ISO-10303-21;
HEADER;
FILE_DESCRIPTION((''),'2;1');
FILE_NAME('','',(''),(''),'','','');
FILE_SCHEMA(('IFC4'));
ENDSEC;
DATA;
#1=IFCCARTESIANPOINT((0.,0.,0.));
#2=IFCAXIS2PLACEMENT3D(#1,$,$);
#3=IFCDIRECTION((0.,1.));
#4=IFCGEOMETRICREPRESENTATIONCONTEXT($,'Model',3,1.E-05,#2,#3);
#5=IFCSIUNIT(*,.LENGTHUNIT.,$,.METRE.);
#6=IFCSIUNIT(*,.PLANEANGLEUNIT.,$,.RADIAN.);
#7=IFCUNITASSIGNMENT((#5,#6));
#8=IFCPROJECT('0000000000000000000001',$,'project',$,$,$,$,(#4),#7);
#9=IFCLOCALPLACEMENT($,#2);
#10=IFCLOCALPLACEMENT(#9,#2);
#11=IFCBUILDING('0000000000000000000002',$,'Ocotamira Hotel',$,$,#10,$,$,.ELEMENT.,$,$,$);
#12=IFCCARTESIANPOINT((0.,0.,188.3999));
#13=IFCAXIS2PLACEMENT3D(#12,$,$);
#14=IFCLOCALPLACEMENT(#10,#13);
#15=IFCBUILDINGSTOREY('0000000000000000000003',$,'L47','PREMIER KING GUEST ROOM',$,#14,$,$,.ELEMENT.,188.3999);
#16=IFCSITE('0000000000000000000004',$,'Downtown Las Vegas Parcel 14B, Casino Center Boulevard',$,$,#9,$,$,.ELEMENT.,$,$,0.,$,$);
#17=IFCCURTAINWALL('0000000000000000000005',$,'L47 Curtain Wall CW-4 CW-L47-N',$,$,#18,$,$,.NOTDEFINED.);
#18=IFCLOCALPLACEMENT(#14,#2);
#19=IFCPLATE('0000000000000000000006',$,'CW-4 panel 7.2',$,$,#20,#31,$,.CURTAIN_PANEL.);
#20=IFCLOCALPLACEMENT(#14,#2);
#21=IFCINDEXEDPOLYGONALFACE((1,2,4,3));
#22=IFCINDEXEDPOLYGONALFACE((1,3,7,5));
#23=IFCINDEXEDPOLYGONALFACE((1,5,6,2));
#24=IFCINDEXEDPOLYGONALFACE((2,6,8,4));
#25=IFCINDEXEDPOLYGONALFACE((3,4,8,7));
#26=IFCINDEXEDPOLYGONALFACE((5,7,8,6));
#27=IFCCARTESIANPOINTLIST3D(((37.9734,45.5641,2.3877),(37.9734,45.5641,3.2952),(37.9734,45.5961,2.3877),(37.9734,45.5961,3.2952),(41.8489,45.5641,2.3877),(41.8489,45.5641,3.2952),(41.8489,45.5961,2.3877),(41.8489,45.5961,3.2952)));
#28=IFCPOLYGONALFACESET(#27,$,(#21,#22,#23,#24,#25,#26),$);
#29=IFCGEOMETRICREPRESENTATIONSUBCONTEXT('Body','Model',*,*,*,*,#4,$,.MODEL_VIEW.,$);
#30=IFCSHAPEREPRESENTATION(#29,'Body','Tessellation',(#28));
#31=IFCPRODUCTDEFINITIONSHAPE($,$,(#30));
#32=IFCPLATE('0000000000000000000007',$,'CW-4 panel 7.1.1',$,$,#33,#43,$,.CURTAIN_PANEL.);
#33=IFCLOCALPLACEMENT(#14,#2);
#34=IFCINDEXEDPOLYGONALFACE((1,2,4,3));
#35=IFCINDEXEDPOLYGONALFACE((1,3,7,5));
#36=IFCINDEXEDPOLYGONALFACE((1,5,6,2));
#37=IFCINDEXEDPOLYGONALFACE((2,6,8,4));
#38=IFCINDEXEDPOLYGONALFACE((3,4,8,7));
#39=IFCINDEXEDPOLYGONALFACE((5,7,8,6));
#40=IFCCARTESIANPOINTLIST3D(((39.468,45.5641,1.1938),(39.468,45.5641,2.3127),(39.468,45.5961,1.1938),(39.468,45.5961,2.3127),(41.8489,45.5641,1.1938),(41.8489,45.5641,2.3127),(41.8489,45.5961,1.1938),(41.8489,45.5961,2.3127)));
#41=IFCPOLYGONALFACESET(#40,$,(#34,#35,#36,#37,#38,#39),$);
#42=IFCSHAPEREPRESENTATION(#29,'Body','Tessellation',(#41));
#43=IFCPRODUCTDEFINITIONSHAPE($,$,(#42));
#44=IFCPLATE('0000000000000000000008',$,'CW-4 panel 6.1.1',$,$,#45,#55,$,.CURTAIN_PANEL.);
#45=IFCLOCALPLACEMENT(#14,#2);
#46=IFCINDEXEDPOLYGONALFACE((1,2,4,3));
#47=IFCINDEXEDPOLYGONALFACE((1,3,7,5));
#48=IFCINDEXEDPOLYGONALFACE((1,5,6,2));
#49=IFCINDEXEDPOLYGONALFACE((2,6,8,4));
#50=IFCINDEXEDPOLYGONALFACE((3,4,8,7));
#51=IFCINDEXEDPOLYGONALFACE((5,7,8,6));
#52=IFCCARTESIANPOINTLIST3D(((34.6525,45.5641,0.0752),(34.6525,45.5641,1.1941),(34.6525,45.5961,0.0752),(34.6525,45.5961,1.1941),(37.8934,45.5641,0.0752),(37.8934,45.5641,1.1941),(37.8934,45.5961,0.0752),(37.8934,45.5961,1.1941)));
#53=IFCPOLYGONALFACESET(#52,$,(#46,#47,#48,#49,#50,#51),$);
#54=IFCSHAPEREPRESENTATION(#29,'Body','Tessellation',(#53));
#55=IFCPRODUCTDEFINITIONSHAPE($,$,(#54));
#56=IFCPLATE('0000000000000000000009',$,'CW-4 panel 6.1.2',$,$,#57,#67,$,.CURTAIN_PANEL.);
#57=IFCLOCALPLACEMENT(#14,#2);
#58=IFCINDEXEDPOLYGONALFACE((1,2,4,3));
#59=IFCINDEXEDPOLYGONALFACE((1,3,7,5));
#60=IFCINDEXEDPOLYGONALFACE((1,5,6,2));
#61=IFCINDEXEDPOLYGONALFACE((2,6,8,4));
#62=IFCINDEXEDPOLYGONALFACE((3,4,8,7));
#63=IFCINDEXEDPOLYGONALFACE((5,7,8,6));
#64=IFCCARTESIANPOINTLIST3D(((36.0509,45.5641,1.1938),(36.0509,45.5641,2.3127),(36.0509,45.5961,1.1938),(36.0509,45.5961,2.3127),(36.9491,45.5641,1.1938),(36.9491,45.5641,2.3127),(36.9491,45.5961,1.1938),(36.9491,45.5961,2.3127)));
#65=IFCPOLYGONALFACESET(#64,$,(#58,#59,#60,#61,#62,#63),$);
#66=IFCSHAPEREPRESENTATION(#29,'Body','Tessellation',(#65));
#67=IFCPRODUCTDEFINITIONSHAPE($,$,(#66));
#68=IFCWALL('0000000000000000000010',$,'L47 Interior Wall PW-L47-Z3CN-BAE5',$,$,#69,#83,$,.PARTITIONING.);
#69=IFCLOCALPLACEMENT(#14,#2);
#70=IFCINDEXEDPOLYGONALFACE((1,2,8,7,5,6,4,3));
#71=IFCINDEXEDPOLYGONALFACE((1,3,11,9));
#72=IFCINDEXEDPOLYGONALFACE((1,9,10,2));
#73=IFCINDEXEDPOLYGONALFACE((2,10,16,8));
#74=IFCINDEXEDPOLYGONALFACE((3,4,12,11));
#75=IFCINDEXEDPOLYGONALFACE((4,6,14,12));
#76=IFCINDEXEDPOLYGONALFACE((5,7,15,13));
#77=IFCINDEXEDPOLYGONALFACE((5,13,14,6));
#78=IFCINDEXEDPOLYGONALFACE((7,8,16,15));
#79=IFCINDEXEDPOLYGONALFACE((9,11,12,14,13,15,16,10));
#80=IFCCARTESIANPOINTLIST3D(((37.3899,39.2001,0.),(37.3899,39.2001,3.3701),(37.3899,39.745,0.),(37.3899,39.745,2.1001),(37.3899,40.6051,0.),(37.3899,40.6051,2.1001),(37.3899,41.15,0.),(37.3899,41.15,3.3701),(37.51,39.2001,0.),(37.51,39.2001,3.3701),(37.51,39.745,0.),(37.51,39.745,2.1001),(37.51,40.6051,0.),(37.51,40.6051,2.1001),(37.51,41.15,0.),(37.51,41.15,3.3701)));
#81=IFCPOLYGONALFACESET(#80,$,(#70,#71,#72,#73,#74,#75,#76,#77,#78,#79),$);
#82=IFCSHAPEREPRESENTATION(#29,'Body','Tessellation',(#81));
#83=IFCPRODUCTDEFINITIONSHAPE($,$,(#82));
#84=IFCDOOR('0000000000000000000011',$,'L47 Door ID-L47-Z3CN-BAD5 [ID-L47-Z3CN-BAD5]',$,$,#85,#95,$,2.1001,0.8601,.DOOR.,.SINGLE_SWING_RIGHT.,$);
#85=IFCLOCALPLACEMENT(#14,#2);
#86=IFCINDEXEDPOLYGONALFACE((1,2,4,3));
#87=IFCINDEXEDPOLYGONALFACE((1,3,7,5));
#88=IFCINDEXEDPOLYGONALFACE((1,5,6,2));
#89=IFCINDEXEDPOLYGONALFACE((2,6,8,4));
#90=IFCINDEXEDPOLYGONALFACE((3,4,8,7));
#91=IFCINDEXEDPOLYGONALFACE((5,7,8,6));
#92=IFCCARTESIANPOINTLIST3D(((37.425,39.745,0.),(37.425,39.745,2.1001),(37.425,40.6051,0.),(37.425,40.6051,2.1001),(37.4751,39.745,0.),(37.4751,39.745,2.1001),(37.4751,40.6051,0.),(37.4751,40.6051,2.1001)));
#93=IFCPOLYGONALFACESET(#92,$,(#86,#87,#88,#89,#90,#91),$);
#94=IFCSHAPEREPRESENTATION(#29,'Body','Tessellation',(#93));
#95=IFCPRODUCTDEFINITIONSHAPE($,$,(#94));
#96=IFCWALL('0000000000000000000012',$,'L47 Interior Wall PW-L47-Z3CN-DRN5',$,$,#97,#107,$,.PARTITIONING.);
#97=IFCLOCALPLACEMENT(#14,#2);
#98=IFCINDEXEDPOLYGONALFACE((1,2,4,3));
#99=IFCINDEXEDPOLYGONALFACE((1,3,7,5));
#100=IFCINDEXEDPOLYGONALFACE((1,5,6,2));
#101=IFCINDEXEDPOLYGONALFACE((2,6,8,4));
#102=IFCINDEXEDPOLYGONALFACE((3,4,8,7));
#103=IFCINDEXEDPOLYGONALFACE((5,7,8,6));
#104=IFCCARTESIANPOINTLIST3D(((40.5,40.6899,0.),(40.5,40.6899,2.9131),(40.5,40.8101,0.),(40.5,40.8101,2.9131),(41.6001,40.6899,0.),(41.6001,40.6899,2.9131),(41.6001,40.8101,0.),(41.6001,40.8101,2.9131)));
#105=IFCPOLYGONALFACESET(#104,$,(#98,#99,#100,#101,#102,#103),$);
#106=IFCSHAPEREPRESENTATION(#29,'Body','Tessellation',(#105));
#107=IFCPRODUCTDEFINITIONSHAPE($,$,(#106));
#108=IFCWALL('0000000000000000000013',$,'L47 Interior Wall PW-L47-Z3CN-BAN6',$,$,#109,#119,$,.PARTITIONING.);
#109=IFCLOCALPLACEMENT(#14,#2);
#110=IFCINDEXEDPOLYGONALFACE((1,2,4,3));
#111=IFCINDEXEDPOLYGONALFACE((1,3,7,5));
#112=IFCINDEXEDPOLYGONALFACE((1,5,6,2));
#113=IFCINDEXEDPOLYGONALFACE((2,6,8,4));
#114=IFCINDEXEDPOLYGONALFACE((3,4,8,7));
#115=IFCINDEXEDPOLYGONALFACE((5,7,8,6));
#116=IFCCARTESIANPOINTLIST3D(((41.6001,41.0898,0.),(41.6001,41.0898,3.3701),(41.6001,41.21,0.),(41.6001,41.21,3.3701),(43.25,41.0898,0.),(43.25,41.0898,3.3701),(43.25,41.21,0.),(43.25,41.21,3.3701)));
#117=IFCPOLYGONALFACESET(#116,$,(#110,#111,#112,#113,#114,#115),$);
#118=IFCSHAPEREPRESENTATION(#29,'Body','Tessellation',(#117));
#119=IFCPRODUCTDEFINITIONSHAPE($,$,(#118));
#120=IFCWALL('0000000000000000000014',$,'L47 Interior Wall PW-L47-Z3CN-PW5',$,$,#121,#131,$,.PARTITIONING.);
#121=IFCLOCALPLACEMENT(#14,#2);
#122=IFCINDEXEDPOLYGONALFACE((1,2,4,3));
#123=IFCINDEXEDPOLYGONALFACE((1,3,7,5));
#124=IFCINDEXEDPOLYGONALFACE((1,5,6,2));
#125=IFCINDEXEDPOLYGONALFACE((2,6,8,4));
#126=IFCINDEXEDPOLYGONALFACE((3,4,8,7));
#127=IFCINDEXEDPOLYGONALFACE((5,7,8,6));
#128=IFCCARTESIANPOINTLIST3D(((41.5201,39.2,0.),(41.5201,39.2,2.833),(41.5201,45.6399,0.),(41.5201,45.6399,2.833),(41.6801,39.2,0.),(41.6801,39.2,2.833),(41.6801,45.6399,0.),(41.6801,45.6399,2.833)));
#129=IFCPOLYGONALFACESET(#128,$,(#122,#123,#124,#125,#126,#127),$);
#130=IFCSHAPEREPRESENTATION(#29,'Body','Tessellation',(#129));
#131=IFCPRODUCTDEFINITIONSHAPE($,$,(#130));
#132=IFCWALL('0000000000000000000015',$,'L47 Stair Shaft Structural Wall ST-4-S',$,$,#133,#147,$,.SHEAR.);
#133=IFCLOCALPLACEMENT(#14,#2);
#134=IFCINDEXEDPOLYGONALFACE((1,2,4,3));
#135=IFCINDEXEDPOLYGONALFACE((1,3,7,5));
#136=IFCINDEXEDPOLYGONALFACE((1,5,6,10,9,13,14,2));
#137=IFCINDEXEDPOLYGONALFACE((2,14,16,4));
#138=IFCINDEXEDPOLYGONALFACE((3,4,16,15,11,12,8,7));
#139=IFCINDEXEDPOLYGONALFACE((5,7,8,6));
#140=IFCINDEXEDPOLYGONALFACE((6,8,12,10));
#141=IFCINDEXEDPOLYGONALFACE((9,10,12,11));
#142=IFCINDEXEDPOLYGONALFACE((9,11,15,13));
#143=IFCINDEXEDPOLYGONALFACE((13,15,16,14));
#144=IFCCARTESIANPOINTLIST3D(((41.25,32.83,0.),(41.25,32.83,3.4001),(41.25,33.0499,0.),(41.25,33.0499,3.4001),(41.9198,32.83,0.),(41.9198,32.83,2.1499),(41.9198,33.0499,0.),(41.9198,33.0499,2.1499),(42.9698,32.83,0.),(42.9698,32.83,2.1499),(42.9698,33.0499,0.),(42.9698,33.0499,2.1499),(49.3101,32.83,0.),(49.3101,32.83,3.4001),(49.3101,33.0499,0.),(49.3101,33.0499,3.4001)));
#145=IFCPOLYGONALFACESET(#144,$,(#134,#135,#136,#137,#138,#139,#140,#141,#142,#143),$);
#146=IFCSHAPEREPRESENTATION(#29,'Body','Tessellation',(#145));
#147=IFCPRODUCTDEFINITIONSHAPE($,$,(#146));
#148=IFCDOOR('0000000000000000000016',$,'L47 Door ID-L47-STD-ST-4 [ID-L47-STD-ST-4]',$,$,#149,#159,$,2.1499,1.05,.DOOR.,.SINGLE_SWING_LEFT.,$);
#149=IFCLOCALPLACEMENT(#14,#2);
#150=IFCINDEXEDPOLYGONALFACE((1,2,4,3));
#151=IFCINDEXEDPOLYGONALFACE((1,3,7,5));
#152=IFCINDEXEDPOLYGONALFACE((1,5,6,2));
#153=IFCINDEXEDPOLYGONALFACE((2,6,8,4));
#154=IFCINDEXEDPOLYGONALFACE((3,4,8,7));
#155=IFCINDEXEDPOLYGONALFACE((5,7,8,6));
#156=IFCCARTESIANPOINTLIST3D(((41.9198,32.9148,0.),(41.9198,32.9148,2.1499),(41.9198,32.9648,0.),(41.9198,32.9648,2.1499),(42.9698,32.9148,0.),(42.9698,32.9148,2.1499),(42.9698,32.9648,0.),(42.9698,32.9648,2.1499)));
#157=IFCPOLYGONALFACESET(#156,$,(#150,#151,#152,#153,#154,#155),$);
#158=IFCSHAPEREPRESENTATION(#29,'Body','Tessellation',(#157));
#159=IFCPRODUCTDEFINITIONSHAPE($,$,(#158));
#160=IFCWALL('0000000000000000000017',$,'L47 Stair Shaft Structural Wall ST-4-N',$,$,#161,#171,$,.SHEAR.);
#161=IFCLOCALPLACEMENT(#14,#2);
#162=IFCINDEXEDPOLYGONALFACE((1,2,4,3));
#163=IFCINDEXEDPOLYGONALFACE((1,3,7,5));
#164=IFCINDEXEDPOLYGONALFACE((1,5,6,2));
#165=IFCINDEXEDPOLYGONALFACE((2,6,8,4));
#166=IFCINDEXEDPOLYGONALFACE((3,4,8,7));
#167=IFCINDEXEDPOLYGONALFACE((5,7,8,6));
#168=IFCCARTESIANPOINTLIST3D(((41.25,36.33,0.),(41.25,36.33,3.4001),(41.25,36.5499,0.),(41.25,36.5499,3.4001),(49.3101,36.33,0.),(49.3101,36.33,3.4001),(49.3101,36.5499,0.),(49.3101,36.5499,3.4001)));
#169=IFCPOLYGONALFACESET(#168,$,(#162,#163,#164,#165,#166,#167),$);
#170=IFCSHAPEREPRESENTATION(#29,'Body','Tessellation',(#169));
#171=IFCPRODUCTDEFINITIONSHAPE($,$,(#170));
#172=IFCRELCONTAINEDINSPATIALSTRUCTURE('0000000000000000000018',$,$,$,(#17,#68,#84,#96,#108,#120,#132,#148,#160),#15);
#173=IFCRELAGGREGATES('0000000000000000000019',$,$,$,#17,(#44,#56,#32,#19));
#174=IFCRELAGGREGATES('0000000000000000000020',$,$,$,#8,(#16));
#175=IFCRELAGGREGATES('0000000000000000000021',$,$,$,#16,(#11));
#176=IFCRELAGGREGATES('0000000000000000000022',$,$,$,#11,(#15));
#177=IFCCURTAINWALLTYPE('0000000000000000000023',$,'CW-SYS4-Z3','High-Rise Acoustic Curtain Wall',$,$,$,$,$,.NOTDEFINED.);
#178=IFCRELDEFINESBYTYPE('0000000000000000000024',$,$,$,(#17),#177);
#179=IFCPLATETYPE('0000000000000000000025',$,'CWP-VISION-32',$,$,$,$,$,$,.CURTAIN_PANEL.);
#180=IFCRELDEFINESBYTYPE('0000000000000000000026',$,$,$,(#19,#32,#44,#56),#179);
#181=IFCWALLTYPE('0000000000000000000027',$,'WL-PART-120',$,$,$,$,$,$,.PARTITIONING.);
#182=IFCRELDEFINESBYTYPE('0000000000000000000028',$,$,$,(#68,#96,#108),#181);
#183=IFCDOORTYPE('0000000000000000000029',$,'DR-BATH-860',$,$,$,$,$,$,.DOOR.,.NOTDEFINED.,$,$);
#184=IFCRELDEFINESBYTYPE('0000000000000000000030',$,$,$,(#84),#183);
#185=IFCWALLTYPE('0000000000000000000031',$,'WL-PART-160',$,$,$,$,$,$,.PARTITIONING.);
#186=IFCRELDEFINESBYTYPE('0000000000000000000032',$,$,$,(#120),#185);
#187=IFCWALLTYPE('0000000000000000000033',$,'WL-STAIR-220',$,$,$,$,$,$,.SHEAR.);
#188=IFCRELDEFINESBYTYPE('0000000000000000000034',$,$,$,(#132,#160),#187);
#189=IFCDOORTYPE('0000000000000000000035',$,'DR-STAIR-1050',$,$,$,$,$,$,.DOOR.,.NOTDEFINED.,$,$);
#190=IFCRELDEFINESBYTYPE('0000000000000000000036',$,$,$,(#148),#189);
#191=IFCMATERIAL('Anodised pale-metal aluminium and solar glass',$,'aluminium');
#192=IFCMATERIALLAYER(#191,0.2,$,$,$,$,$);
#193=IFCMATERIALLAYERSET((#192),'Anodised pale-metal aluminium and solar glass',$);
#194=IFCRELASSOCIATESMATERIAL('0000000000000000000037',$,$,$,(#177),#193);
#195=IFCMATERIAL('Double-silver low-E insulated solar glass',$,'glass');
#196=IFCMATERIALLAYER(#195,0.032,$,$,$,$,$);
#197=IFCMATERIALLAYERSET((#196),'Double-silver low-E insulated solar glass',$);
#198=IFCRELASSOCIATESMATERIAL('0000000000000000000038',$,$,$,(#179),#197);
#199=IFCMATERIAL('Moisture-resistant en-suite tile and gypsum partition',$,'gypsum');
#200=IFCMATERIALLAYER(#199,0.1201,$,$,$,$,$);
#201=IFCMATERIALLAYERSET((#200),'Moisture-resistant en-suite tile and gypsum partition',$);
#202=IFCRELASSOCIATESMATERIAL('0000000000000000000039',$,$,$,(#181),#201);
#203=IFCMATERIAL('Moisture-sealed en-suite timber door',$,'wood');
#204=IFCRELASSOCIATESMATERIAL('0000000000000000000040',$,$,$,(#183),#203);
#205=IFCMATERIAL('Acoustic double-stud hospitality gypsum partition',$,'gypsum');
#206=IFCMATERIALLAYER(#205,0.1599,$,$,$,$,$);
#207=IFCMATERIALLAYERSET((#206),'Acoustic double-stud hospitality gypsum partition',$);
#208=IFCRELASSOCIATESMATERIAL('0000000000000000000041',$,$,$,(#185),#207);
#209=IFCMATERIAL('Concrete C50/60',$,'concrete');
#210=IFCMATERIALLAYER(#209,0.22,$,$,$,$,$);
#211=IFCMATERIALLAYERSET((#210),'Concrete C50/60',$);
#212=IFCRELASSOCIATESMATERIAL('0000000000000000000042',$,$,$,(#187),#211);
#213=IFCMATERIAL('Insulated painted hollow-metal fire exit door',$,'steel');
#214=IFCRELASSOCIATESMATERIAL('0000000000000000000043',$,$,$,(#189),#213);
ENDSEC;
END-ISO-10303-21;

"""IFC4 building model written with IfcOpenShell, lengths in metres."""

from ifc_helpers import new_model, si_unit, direction, frame, frame_2d, origin, origin_2d, place, context, subcontext, project, spatial, rectangle, extrude, source, transform, mapped, material, layer, layer_set, type_object, element, fill, aggregate, save


model = new_model("IFC4")

# Units and contexts
model_context = context("Model", 3, precision=1e-05, world=origin(), true_north=direction((0.0, 1.0)))
body_context = subcontext(model_context, "Body", "Model", "MODEL_VIEW")
ifc_project = project(units=[si_unit("LENGTHUNIT", "METRE"), si_unit("PLANEANGLEUNIT", "RADIAN")], contexts=[model_context])

# Site, building, storey
site_placement = place(None, origin())
site = spatial("IfcSite", under=ifc_project, at=site_placement, Name="Downtown Las Vegas Parcel 14B, Casino Center Boulevard", CompositionType="ELEMENT", RefElevation=0.0)
building_placement = place(site_placement, origin())
building = spatial("IfcBuilding", under=site, at=building_placement, Name="Ocotamira Hotel", CompositionType="ELEMENT")
storey_placement = place(building_placement, frame((0.0, 0.0, 188.3999)))
storey = spatial("IfcBuildingStorey", under=building, at=storey_placement, Name="L47", Description="PREMIER KING GUEST ROOM", CompositionType="ELEMENT", Elevation=188.3999)

# Shared definitions
ifc_material_1 = material(Name="Concrete C50/60", Category="concrete")

# Curtain wall
ifc_material_2 = material(Name="Anodised pale-metal aluminium and solar glass", Category="aluminium")
ifc_layer_1 = layer(ifc_material_2, 0.2)
ifc_layer_set_1 = layer_set([ifc_layer_1], Name="Anodised pale-metal aluminium and solar glass")
curtain_wall_type = type_object("IfcCurtainWallType", Name="CW-SYS4-Z3", Description="High-Rise Acoustic Curtain Wall", PredefinedType="NOTDEFINED", material=ifc_layer_set_1)
curtain_wall_placement = place(storey_placement, origin())
curtain_wall = element("IfcCurtainWall", 1, at=curtain_wall_placement, inside=storey, type_object=curtain_wall_type, Name="L47 Curtain Wall CW-4 CW-L47-N", PredefinedType="NOTDEFINED")

# Plates
ifc_material_3 = material(Name="Double-silver low-E insulated solar glass", Category="glass")
ifc_layer_2 = layer(ifc_material_3, 0.032)
ifc_layer_set_2 = layer_set([ifc_layer_2], Name="Double-silver low-E insulated solar glass")
plate_type_1 = type_object("IfcPlateType", Name="CWP-VISION-32", PredefinedType="CURTAIN_PANEL", material=ifc_layer_set_2)
shared_shape_1 = source(origin(), body_context, "Body", "SweptSolid", [
    extrude(rectangle(XDim=3.8755, YDim=0.032, at=origin_2d()), origin(), (0.0, 0.0, 1.0), 0.9075),
])
plate_1_placement = place(storey_placement, frame((39.9111, 45.5801, 2.3877), z_axis=(0.0, 0.0, 1.0), x_axis=(1.0, 0.0, 0.0)))
plate_1 = element("IfcPlate", 2, at=plate_1_placement, type_object=plate_type_1, Name="CW-4 panel 7.2", PredefinedType="CURTAIN_PANEL", context=body_context, shape_type="MappedRepresentation", body=[
    mapped(shared_shape_1, transform((0.0, 0.0, 0.0), scale=1.0)),
])
shared_shape_2 = source(origin(), body_context, "Body", "SweptSolid", [
    extrude(rectangle(XDim=2.3809, YDim=0.032, at=origin_2d()), origin(), (0.0, 0.0, 1.0), 1.1189),
])
plate_2_placement = place(storey_placement, frame((40.6584, 45.5801, 1.1938), z_axis=(0.0, 0.0, 1.0), x_axis=(1.0, 0.0, 0.0)))
plate_2 = element("IfcPlate", 3, at=plate_2_placement, type_object=plate_type_1, Name="CW-4 panel 7.1.1", PredefinedType="CURTAIN_PANEL", context=body_context, shape_type="MappedRepresentation", body=[
    mapped(shared_shape_2, transform((0.0, 0.0, 0.0), scale=1.0)),
])
shared_shape_3 = source(origin(), body_context, "Body", "SweptSolid", [
    extrude(rectangle(XDim=3.241, YDim=0.032, at=origin_2d()), origin(), (0.0, 0.0, 1.0), 1.1189),
])
plate_3_placement = place(storey_placement, frame((36.2729, 45.5801, 0.0752), z_axis=(0.0, 0.0, 1.0), x_axis=(1.0, 0.0, 0.0)))
plate_3 = element("IfcPlate", 4, at=plate_3_placement, type_object=plate_type_1, Name="CW-4 panel 6.1.1", PredefinedType="CURTAIN_PANEL", context=body_context, shape_type="MappedRepresentation", body=[
    mapped(shared_shape_3, transform((0.0, 0.0, 0.0), scale=1.0)),
])
shared_shape_4 = source(origin(), body_context, "Body", "SweptSolid", [
    extrude(rectangle(XDim=0.8982, YDim=0.032, at=origin_2d()), origin(), (0.0, 0.0, 1.0), 1.1189),
])
plate_4_placement = place(storey_placement, frame((36.5, 45.5801, 1.1938), z_axis=(0.0, 0.0, 1.0), x_axis=(1.0, 0.0, 0.0)))
plate_4 = element("IfcPlate", 5, at=plate_4_placement, type_object=plate_type_1, Name="CW-4 panel 6.1.2", PredefinedType="CURTAIN_PANEL", context=body_context, shape_type="MappedRepresentation", body=[
    mapped(shared_shape_4, transform((0.0, 0.0, 0.0), scale=1.0)),
])
aggregate(curtain_wall, [plate_3, plate_4, plate_2, plate_1])

# Wall, opening, door
ifc_material_4 = material(Name="Moisture-resistant en-suite tile and gypsum partition", Category="gypsum")
ifc_layer_3 = layer(ifc_material_4, 0.1201)
ifc_layer_set_3 = layer_set([ifc_layer_3], Name="Moisture-resistant en-suite tile and gypsum partition")
wall_type_1 = type_object("IfcWallType", Name="WL-PART-120", PredefinedType="PARTITIONING", material=ifc_layer_set_3)
wall_1_placement = place(storey_placement, frame((37.45, 39.2, 0.0), z_axis=(0.0, 0.0, 1.0), x_axis=(0.0, 1.0, 0.0)))
wall_1 = element("IfcWall", 6, at=wall_1_placement, inside=storey, type_object=wall_type_1, Name="L47 Interior Wall PW-L47-Z3CN-BAE5", PredefinedType="PARTITIONING", context=body_context, shape_type="SweptSolid", body=[
    extrude(rectangle(XDim=1.95, YDim=0.1201, at=frame_2d((0.9751, 0.0))), origin(), (0.0, 0.0, 1.0), 3.3701),
])
opening_1_placement = place(wall_1_placement, frame((0.5449, 0.0, 0.0)))
opening_1 = element("IfcOpeningElement", 7, at=opening_1_placement, cuts=wall_1, PredefinedType="OPENING", context=body_context, shape_type="SweptSolid", body=[
    extrude(rectangle(XDim=0.8601, YDim=2.1001, at=frame_2d((0.4302, 1.05))), frame((0.0, 0.0701, 0.0), z_axis=(0.0, -1.0, 0.0), x_axis=(1.0, 0.0, 0.0)), (0.0, 0.0, 1.0), 0.1401),
])
ifc_material_5 = material(Name="Moisture-sealed en-suite timber door", Category="wood")
door_type_1 = type_object("IfcDoorType", Name="DR-BATH-860", OperationType="NOTDEFINED", PredefinedType="DOOR", material=ifc_material_5)
shared_shape_5 = source(origin(), body_context, "Body", "SweptSolid", [
    extrude(rectangle(XDim=0.8601, YDim=2.1001, at=frame_2d((0.4302, 1.05))), frame((0.0, 0.0249, 0.0), z_axis=(0.0, -1.0, 0.0), x_axis=(1.0, 0.0, 0.0)), (0.0, 0.0, 1.0), 0.05),
])
door_1_placement = place(opening_1_placement, origin())
door_1 = element("IfcDoor", 8, at=door_1_placement, inside=storey, type_object=door_type_1, Name="L47 Door ID-L47-Z3CN-BAD5 [ID-L47-Z3CN-BAD5]", OperationType="SINGLE_SWING_RIGHT", OverallHeight=2.1001, OverallWidth=0.8601, PredefinedType="DOOR", context=body_context, shape_type="MappedRepresentation", body=[
    mapped(shared_shape_5, transform((0.0, 0.0, 0.0), scale=1.0)),
])
fill(opening_1, door_1)

# Walls
wall_2_placement = place(storey_placement, frame((40.5, 40.75, 0.0), z_axis=(0.0, 0.0, 1.0), x_axis=(1.0, 0.0, 0.0)))
element("IfcWall", 9, at=wall_2_placement, inside=storey, type_object=wall_type_1, Name="L47 Interior Wall PW-L47-Z3CN-DRN5", PredefinedType="PARTITIONING", context=body_context, shape_type="SweptSolid", body=[
    extrude(rectangle(XDim=1.1001, YDim=0.1201, at=frame_2d((0.55, 0.0))), origin(), (0.0, 0.0, 1.0), 2.9131),
])
wall_3_placement = place(storey_placement, frame((41.6001, 41.1499, 0.0), z_axis=(0.0, 0.0, 1.0), x_axis=(1.0, 0.0, 0.0)))
element("IfcWall", 10, at=wall_3_placement, inside=storey, type_object=wall_type_1, Name="L47 Interior Wall PW-L47-Z3CN-BAN6", PredefinedType="PARTITIONING", context=body_context, shape_type="SweptSolid", body=[
    extrude(rectangle(XDim=1.6499, YDim=0.1201, at=frame_2d((0.825, 0.0))), origin(), (0.0, 0.0, 1.0), 3.3701),
])
ifc_material_6 = material(Name="Acoustic double-stud hospitality gypsum partition", Category="gypsum")
ifc_layer_4 = layer(ifc_material_6, 0.1599)
ifc_layer_set_4 = layer_set([ifc_layer_4], Name="Acoustic double-stud hospitality gypsum partition")
wall_type_2 = type_object("IfcWallType", Name="WL-PART-160", PredefinedType="PARTITIONING", material=ifc_layer_set_4)
wall_4_placement = place(storey_placement, frame((41.6001, 39.2, 0.0), z_axis=(0.0, 0.0, 1.0), x_axis=(0.0, 1.0, 0.0)))
element("IfcWall", 11, at=wall_4_placement, inside=storey, type_object=wall_type_2, Name="L47 Interior Wall PW-L47-Z3CN-PW5", PredefinedType="PARTITIONING", context=body_context, shape_type="SweptSolid", body=[
    extrude(rectangle(XDim=6.4399, YDim=0.1599, at=frame_2d((3.22, 0.0))), origin(), (0.0, 0.0, 1.0), 2.833),
])

# Wall, opening, door
ifc_layer_5 = layer(ifc_material_1, 0.22)
ifc_layer_set_5 = layer_set([ifc_layer_5], Name="Concrete C50/60")
wall_type_3 = type_object("IfcWallType", Name="WL-STAIR-220", PredefinedType="SHEAR", material=ifc_layer_set_5)
wall_5_placement = place(storey_placement, frame((41.25, 32.9399, 0.0), z_axis=(0.0, 0.0, 1.0), x_axis=(1.0, 0.0, 0.0)))
wall_5 = element("IfcWall", 12, at=wall_5_placement, inside=storey, type_object=wall_type_3, Name="L47 Stair Shaft Structural Wall ST-4-S", PredefinedType="SHEAR", context=body_context, shape_type="SweptSolid", body=[
    extrude(rectangle(XDim=8.0601, YDim=0.22, at=frame_2d((4.03, 0.0))), origin(), (0.0, 0.0, 1.0), 3.4001),
])
opening_2_placement = place(wall_5_placement, frame((0.6699, 0.0, 0.0)))
opening_2 = element("IfcOpeningElement", 13, at=opening_2_placement, cuts=wall_5, PredefinedType="OPENING", context=body_context, shape_type="SweptSolid", body=[
    extrude(rectangle(XDim=1.05, YDim=2.1499, at=frame_2d((0.5249, 1.075))), frame((0.0, 0.1201, 0.0), z_axis=(0.0, -1.0, 0.0), x_axis=(1.0, 0.0, 0.0)), (0.0, 0.0, 1.0), 0.24),
])
ifc_material_7 = material(Name="Insulated painted hollow-metal fire exit door", Category="steel")
door_type_2 = type_object("IfcDoorType", Name="DR-STAIR-1050", OperationType="NOTDEFINED", PredefinedType="DOOR", material=ifc_material_7)
shared_shape_6 = source(origin(), body_context, "Body", "SweptSolid", [
    extrude(rectangle(XDim=1.05, YDim=2.1499, at=frame_2d((0.5249, 1.075))), frame((0.0, 0.0249, 0.0), z_axis=(0.0, -1.0, 0.0), x_axis=(1.0, 0.0, 0.0)), (0.0, 0.0, 1.0), 0.05),
])
door_2_placement = place(opening_2_placement, origin())
door_2 = element("IfcDoor", 14, at=door_2_placement, inside=storey, type_object=door_type_2, Name="L47 Door ID-L47-STD-ST-4 [ID-L47-STD-ST-4]", OperationType="SINGLE_SWING_LEFT", OverallHeight=2.1499, OverallWidth=1.05, PredefinedType="DOOR", context=body_context, shape_type="MappedRepresentation", body=[
    mapped(shared_shape_6, transform((0.0, 0.0, 0.0), scale=1.0)),
])
fill(opening_2, door_2)

# Wall
wall_6_placement = place(storey_placement, frame((41.25, 36.4399, 0.0), z_axis=(0.0, 0.0, 1.0), x_axis=(1.0, 0.0, 0.0)))
element("IfcWall", 15, at=wall_6_placement, inside=storey, type_object=wall_type_3, Name="L47 Stair Shaft Structural Wall ST-4-N", PredefinedType="SHEAR", context=body_context, shape_type="SweptSolid", body=[
    extrude(rectangle(XDim=8.0601, YDim=0.22, at=frame_2d((4.03, 0.0))), origin(), (0.0, 0.0, 1.0), 3.4001),
])

save(model, "model.ifc")
